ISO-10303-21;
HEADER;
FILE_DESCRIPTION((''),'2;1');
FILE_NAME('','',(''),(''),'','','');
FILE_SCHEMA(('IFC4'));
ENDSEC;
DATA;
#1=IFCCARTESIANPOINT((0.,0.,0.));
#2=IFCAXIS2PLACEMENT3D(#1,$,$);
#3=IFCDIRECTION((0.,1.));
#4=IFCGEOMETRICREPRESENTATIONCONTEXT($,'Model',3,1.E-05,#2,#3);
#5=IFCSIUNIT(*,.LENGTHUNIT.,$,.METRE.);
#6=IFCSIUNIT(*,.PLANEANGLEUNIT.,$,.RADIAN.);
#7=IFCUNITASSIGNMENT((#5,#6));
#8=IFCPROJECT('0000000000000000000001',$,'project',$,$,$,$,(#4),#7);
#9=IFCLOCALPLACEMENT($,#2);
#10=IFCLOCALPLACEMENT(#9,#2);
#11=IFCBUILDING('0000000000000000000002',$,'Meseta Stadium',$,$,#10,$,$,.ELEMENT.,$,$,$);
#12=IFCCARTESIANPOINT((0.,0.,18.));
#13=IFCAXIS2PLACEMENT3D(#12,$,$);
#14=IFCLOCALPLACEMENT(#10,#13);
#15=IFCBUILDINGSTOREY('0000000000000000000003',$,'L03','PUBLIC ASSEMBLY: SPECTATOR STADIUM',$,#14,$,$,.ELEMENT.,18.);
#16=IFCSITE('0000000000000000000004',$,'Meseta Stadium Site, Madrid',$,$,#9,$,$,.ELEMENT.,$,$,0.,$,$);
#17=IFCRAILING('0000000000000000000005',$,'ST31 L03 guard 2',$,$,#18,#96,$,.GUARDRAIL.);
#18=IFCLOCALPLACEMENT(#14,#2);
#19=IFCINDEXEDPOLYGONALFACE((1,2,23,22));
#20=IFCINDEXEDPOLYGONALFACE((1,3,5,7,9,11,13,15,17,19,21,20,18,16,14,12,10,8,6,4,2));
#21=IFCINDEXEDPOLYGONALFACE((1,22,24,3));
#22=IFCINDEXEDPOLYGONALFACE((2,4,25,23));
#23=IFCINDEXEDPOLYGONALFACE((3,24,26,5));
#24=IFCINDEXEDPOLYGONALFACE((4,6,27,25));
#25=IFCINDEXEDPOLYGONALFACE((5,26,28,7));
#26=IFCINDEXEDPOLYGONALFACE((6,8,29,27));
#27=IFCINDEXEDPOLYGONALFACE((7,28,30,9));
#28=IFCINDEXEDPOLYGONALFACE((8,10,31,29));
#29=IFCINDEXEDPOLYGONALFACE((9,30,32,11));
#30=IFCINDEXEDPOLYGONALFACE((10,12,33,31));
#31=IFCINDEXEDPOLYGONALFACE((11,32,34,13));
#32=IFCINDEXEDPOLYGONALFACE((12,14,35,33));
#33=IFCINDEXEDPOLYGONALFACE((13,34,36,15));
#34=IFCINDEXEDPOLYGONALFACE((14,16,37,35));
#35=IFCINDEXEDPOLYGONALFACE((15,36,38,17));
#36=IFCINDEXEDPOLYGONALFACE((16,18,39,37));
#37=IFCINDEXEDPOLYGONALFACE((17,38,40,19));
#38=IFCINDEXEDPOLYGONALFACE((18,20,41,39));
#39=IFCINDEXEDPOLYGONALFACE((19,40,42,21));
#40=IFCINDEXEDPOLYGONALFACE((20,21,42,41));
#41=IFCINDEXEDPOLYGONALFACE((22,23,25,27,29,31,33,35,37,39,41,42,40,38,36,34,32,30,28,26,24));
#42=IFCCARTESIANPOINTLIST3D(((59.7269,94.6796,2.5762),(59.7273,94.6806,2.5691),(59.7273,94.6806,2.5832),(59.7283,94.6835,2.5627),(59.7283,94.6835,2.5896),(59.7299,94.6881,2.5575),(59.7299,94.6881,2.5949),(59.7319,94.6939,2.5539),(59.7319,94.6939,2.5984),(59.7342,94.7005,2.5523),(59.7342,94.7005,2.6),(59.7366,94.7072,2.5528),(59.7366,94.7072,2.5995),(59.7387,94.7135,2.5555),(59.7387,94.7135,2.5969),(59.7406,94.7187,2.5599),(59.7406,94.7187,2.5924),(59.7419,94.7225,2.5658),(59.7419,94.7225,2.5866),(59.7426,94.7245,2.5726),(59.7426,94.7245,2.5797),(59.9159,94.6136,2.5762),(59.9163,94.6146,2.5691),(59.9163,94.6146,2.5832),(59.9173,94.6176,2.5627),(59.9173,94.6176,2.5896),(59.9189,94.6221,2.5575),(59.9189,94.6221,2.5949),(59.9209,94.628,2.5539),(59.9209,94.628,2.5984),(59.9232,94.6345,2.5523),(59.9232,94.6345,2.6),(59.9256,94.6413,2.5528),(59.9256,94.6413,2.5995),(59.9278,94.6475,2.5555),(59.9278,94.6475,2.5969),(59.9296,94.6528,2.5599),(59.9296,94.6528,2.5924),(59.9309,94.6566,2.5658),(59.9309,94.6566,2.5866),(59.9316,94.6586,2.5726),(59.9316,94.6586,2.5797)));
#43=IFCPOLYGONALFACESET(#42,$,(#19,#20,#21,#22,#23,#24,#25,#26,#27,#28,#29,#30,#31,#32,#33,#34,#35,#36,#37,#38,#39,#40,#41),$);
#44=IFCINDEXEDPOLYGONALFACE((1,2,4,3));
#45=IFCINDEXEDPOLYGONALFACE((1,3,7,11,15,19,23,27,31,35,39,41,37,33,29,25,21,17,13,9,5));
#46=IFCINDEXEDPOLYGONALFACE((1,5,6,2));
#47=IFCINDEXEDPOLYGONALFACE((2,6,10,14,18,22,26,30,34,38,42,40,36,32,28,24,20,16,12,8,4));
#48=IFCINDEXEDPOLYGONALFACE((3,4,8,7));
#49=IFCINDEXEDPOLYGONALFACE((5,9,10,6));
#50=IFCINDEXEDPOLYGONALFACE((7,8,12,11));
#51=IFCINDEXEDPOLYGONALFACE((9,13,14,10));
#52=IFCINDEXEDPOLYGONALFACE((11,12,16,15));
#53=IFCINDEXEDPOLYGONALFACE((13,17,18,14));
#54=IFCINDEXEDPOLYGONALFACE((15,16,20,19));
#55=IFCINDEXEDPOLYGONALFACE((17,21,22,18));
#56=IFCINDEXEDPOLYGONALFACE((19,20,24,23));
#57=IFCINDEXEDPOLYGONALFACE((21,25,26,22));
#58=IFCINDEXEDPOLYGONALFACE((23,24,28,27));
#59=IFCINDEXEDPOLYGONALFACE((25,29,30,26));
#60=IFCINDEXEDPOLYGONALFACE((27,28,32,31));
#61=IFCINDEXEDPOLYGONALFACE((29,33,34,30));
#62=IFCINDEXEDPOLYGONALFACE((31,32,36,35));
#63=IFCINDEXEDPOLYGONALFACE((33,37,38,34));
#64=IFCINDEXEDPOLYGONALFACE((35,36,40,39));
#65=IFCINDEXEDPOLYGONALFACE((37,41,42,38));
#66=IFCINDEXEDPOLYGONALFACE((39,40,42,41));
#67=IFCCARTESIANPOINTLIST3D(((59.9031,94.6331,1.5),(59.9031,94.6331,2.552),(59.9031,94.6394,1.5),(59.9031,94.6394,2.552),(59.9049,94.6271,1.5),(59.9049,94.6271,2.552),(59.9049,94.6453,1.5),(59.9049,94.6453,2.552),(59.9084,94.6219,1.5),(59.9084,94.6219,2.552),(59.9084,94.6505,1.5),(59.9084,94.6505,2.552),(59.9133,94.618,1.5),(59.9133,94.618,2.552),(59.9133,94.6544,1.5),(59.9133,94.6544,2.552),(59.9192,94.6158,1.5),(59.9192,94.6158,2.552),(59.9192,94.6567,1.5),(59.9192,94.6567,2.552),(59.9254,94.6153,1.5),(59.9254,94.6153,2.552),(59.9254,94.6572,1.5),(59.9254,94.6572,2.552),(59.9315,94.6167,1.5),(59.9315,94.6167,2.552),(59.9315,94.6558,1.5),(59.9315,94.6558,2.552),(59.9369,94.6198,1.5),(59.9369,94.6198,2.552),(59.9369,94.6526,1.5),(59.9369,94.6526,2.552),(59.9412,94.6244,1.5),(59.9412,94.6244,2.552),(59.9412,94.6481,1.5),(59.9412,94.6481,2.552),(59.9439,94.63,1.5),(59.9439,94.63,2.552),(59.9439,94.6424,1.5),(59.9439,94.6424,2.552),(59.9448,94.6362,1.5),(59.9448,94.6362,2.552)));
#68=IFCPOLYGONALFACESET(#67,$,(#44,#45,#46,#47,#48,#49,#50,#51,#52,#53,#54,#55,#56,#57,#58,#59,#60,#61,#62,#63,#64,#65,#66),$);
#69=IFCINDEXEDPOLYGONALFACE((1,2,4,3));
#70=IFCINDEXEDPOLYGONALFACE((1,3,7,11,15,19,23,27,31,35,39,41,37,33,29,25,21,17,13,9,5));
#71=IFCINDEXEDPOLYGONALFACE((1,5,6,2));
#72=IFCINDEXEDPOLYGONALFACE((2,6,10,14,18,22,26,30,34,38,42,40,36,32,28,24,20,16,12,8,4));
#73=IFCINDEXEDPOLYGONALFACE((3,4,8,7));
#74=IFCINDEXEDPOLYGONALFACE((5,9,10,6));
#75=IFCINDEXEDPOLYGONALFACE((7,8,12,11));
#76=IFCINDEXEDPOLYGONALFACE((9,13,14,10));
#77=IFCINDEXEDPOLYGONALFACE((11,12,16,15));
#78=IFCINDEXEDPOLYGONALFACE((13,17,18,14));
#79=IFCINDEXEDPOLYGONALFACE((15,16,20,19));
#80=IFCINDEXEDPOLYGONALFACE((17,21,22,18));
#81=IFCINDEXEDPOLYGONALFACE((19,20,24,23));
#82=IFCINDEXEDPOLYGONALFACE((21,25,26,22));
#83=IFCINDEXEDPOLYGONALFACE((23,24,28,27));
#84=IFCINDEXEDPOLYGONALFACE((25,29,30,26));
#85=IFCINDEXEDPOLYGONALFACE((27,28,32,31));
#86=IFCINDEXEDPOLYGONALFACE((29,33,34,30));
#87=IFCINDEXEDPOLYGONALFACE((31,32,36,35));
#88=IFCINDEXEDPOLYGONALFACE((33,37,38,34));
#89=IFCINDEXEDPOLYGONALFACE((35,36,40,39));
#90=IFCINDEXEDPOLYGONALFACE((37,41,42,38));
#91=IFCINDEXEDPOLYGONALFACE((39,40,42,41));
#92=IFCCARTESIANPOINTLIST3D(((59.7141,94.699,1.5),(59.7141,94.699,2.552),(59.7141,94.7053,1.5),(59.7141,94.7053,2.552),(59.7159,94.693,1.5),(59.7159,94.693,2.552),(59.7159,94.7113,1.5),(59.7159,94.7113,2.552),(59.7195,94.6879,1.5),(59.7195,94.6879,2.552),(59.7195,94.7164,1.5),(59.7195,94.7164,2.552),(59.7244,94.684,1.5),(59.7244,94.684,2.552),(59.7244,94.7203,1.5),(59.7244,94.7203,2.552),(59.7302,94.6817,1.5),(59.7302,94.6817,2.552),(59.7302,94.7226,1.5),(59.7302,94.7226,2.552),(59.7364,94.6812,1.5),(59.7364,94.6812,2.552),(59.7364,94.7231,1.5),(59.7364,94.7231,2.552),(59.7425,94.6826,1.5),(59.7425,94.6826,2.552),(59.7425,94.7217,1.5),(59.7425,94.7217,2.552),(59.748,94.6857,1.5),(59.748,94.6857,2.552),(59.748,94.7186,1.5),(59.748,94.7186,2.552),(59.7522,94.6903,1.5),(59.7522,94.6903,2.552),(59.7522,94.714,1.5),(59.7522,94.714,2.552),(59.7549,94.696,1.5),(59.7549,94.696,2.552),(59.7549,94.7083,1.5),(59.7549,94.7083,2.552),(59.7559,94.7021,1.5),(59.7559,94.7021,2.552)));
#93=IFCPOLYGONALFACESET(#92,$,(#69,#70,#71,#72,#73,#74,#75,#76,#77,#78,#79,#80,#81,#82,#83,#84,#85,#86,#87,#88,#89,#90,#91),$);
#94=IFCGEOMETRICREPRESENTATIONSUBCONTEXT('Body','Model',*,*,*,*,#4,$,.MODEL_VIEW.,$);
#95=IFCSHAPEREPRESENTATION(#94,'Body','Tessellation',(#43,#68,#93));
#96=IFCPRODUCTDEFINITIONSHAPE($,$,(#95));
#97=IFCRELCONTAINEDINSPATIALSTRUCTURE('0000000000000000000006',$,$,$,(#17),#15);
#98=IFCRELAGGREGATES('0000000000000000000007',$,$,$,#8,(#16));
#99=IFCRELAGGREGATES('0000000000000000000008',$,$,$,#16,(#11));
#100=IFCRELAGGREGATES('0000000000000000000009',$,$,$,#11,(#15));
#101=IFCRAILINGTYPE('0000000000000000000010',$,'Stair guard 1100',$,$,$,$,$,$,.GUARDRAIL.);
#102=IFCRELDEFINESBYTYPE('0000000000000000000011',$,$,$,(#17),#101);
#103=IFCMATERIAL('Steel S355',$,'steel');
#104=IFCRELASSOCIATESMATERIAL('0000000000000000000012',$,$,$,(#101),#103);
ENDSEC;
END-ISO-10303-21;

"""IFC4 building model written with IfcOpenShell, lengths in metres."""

from ifc_helpers import new_model, si_unit, direction, frame, origin, origin_2d, place, context, subcontext, project, spatial, circle, extrude, material, type_object, element, save


model = new_model("IFC4")

# Units and contexts
model_context = context("Model", 3, precision=1e-05, world=origin(), true_north=direction((0.0, 1.0)))
body_context = subcontext(model_context, "Body", "Model", "MODEL_VIEW")
ifc_project = project(units=[si_unit("LENGTHUNIT", "METRE"), si_unit("PLANEANGLEUNIT", "RADIAN")], contexts=[model_context])

# Site, building, storey
site_placement = place(None, origin())
site = spatial("IfcSite", under=ifc_project, at=site_placement, Name="Meseta Stadium Site, Madrid", CompositionType="ELEMENT", RefElevation=0.0)
building_placement = place(site_placement, origin())
building = spatial("IfcBuilding", under=site, at=building_placement, Name="Meseta Stadium", CompositionType="ELEMENT")
storey_placement = place(building_placement, frame((0.0, 0.0, 18.0)))
storey = spatial("IfcBuildingStorey", under=building, at=storey_placement, Name="L03", Description="PUBLIC ASSEMBLY: SPECTATOR STADIUM", CompositionType="ELEMENT", Elevation=18.0)

# Railing
ifc_material_1 = material(Name="Steel S355", Category="steel")
railing_type_1 = type_object("IfcRailingType", Name="Stair guard 1100", PredefinedType="GUARDRAIL", material=ifc_material_1)
railing_1_placement = place(storey_placement, frame((59.9238, 94.6362, 1.5)))
element("IfcRailing", 1, at=railing_1_placement, inside=storey, type_object=railing_type_1, Name="ST31 L03 guard 2", PredefinedType="GUARDRAIL", context=body_context, shape_type="SweptSolid", body=[
    extrude(circle(Radius=0.0239, at=origin_2d()), frame((0.0, 0.0, 1.0762), z_axis=(-0.9442, 0.329372, 0.0), x_axis=(-0.329372, -0.9442, 0.0)), (0.0, 0.0, 1.0), 0.2002),
    extrude(circle(Radius=0.021, at=origin_2d()), origin(), (0.0, 0.0, 1.0), 1.052),
    extrude(circle(Radius=0.021, at=origin_2d()), frame((-0.189, 0.0659, 0.0)), (0.0, 0.0, 1.0), 1.052),
])

save(model, "model.ifc")
